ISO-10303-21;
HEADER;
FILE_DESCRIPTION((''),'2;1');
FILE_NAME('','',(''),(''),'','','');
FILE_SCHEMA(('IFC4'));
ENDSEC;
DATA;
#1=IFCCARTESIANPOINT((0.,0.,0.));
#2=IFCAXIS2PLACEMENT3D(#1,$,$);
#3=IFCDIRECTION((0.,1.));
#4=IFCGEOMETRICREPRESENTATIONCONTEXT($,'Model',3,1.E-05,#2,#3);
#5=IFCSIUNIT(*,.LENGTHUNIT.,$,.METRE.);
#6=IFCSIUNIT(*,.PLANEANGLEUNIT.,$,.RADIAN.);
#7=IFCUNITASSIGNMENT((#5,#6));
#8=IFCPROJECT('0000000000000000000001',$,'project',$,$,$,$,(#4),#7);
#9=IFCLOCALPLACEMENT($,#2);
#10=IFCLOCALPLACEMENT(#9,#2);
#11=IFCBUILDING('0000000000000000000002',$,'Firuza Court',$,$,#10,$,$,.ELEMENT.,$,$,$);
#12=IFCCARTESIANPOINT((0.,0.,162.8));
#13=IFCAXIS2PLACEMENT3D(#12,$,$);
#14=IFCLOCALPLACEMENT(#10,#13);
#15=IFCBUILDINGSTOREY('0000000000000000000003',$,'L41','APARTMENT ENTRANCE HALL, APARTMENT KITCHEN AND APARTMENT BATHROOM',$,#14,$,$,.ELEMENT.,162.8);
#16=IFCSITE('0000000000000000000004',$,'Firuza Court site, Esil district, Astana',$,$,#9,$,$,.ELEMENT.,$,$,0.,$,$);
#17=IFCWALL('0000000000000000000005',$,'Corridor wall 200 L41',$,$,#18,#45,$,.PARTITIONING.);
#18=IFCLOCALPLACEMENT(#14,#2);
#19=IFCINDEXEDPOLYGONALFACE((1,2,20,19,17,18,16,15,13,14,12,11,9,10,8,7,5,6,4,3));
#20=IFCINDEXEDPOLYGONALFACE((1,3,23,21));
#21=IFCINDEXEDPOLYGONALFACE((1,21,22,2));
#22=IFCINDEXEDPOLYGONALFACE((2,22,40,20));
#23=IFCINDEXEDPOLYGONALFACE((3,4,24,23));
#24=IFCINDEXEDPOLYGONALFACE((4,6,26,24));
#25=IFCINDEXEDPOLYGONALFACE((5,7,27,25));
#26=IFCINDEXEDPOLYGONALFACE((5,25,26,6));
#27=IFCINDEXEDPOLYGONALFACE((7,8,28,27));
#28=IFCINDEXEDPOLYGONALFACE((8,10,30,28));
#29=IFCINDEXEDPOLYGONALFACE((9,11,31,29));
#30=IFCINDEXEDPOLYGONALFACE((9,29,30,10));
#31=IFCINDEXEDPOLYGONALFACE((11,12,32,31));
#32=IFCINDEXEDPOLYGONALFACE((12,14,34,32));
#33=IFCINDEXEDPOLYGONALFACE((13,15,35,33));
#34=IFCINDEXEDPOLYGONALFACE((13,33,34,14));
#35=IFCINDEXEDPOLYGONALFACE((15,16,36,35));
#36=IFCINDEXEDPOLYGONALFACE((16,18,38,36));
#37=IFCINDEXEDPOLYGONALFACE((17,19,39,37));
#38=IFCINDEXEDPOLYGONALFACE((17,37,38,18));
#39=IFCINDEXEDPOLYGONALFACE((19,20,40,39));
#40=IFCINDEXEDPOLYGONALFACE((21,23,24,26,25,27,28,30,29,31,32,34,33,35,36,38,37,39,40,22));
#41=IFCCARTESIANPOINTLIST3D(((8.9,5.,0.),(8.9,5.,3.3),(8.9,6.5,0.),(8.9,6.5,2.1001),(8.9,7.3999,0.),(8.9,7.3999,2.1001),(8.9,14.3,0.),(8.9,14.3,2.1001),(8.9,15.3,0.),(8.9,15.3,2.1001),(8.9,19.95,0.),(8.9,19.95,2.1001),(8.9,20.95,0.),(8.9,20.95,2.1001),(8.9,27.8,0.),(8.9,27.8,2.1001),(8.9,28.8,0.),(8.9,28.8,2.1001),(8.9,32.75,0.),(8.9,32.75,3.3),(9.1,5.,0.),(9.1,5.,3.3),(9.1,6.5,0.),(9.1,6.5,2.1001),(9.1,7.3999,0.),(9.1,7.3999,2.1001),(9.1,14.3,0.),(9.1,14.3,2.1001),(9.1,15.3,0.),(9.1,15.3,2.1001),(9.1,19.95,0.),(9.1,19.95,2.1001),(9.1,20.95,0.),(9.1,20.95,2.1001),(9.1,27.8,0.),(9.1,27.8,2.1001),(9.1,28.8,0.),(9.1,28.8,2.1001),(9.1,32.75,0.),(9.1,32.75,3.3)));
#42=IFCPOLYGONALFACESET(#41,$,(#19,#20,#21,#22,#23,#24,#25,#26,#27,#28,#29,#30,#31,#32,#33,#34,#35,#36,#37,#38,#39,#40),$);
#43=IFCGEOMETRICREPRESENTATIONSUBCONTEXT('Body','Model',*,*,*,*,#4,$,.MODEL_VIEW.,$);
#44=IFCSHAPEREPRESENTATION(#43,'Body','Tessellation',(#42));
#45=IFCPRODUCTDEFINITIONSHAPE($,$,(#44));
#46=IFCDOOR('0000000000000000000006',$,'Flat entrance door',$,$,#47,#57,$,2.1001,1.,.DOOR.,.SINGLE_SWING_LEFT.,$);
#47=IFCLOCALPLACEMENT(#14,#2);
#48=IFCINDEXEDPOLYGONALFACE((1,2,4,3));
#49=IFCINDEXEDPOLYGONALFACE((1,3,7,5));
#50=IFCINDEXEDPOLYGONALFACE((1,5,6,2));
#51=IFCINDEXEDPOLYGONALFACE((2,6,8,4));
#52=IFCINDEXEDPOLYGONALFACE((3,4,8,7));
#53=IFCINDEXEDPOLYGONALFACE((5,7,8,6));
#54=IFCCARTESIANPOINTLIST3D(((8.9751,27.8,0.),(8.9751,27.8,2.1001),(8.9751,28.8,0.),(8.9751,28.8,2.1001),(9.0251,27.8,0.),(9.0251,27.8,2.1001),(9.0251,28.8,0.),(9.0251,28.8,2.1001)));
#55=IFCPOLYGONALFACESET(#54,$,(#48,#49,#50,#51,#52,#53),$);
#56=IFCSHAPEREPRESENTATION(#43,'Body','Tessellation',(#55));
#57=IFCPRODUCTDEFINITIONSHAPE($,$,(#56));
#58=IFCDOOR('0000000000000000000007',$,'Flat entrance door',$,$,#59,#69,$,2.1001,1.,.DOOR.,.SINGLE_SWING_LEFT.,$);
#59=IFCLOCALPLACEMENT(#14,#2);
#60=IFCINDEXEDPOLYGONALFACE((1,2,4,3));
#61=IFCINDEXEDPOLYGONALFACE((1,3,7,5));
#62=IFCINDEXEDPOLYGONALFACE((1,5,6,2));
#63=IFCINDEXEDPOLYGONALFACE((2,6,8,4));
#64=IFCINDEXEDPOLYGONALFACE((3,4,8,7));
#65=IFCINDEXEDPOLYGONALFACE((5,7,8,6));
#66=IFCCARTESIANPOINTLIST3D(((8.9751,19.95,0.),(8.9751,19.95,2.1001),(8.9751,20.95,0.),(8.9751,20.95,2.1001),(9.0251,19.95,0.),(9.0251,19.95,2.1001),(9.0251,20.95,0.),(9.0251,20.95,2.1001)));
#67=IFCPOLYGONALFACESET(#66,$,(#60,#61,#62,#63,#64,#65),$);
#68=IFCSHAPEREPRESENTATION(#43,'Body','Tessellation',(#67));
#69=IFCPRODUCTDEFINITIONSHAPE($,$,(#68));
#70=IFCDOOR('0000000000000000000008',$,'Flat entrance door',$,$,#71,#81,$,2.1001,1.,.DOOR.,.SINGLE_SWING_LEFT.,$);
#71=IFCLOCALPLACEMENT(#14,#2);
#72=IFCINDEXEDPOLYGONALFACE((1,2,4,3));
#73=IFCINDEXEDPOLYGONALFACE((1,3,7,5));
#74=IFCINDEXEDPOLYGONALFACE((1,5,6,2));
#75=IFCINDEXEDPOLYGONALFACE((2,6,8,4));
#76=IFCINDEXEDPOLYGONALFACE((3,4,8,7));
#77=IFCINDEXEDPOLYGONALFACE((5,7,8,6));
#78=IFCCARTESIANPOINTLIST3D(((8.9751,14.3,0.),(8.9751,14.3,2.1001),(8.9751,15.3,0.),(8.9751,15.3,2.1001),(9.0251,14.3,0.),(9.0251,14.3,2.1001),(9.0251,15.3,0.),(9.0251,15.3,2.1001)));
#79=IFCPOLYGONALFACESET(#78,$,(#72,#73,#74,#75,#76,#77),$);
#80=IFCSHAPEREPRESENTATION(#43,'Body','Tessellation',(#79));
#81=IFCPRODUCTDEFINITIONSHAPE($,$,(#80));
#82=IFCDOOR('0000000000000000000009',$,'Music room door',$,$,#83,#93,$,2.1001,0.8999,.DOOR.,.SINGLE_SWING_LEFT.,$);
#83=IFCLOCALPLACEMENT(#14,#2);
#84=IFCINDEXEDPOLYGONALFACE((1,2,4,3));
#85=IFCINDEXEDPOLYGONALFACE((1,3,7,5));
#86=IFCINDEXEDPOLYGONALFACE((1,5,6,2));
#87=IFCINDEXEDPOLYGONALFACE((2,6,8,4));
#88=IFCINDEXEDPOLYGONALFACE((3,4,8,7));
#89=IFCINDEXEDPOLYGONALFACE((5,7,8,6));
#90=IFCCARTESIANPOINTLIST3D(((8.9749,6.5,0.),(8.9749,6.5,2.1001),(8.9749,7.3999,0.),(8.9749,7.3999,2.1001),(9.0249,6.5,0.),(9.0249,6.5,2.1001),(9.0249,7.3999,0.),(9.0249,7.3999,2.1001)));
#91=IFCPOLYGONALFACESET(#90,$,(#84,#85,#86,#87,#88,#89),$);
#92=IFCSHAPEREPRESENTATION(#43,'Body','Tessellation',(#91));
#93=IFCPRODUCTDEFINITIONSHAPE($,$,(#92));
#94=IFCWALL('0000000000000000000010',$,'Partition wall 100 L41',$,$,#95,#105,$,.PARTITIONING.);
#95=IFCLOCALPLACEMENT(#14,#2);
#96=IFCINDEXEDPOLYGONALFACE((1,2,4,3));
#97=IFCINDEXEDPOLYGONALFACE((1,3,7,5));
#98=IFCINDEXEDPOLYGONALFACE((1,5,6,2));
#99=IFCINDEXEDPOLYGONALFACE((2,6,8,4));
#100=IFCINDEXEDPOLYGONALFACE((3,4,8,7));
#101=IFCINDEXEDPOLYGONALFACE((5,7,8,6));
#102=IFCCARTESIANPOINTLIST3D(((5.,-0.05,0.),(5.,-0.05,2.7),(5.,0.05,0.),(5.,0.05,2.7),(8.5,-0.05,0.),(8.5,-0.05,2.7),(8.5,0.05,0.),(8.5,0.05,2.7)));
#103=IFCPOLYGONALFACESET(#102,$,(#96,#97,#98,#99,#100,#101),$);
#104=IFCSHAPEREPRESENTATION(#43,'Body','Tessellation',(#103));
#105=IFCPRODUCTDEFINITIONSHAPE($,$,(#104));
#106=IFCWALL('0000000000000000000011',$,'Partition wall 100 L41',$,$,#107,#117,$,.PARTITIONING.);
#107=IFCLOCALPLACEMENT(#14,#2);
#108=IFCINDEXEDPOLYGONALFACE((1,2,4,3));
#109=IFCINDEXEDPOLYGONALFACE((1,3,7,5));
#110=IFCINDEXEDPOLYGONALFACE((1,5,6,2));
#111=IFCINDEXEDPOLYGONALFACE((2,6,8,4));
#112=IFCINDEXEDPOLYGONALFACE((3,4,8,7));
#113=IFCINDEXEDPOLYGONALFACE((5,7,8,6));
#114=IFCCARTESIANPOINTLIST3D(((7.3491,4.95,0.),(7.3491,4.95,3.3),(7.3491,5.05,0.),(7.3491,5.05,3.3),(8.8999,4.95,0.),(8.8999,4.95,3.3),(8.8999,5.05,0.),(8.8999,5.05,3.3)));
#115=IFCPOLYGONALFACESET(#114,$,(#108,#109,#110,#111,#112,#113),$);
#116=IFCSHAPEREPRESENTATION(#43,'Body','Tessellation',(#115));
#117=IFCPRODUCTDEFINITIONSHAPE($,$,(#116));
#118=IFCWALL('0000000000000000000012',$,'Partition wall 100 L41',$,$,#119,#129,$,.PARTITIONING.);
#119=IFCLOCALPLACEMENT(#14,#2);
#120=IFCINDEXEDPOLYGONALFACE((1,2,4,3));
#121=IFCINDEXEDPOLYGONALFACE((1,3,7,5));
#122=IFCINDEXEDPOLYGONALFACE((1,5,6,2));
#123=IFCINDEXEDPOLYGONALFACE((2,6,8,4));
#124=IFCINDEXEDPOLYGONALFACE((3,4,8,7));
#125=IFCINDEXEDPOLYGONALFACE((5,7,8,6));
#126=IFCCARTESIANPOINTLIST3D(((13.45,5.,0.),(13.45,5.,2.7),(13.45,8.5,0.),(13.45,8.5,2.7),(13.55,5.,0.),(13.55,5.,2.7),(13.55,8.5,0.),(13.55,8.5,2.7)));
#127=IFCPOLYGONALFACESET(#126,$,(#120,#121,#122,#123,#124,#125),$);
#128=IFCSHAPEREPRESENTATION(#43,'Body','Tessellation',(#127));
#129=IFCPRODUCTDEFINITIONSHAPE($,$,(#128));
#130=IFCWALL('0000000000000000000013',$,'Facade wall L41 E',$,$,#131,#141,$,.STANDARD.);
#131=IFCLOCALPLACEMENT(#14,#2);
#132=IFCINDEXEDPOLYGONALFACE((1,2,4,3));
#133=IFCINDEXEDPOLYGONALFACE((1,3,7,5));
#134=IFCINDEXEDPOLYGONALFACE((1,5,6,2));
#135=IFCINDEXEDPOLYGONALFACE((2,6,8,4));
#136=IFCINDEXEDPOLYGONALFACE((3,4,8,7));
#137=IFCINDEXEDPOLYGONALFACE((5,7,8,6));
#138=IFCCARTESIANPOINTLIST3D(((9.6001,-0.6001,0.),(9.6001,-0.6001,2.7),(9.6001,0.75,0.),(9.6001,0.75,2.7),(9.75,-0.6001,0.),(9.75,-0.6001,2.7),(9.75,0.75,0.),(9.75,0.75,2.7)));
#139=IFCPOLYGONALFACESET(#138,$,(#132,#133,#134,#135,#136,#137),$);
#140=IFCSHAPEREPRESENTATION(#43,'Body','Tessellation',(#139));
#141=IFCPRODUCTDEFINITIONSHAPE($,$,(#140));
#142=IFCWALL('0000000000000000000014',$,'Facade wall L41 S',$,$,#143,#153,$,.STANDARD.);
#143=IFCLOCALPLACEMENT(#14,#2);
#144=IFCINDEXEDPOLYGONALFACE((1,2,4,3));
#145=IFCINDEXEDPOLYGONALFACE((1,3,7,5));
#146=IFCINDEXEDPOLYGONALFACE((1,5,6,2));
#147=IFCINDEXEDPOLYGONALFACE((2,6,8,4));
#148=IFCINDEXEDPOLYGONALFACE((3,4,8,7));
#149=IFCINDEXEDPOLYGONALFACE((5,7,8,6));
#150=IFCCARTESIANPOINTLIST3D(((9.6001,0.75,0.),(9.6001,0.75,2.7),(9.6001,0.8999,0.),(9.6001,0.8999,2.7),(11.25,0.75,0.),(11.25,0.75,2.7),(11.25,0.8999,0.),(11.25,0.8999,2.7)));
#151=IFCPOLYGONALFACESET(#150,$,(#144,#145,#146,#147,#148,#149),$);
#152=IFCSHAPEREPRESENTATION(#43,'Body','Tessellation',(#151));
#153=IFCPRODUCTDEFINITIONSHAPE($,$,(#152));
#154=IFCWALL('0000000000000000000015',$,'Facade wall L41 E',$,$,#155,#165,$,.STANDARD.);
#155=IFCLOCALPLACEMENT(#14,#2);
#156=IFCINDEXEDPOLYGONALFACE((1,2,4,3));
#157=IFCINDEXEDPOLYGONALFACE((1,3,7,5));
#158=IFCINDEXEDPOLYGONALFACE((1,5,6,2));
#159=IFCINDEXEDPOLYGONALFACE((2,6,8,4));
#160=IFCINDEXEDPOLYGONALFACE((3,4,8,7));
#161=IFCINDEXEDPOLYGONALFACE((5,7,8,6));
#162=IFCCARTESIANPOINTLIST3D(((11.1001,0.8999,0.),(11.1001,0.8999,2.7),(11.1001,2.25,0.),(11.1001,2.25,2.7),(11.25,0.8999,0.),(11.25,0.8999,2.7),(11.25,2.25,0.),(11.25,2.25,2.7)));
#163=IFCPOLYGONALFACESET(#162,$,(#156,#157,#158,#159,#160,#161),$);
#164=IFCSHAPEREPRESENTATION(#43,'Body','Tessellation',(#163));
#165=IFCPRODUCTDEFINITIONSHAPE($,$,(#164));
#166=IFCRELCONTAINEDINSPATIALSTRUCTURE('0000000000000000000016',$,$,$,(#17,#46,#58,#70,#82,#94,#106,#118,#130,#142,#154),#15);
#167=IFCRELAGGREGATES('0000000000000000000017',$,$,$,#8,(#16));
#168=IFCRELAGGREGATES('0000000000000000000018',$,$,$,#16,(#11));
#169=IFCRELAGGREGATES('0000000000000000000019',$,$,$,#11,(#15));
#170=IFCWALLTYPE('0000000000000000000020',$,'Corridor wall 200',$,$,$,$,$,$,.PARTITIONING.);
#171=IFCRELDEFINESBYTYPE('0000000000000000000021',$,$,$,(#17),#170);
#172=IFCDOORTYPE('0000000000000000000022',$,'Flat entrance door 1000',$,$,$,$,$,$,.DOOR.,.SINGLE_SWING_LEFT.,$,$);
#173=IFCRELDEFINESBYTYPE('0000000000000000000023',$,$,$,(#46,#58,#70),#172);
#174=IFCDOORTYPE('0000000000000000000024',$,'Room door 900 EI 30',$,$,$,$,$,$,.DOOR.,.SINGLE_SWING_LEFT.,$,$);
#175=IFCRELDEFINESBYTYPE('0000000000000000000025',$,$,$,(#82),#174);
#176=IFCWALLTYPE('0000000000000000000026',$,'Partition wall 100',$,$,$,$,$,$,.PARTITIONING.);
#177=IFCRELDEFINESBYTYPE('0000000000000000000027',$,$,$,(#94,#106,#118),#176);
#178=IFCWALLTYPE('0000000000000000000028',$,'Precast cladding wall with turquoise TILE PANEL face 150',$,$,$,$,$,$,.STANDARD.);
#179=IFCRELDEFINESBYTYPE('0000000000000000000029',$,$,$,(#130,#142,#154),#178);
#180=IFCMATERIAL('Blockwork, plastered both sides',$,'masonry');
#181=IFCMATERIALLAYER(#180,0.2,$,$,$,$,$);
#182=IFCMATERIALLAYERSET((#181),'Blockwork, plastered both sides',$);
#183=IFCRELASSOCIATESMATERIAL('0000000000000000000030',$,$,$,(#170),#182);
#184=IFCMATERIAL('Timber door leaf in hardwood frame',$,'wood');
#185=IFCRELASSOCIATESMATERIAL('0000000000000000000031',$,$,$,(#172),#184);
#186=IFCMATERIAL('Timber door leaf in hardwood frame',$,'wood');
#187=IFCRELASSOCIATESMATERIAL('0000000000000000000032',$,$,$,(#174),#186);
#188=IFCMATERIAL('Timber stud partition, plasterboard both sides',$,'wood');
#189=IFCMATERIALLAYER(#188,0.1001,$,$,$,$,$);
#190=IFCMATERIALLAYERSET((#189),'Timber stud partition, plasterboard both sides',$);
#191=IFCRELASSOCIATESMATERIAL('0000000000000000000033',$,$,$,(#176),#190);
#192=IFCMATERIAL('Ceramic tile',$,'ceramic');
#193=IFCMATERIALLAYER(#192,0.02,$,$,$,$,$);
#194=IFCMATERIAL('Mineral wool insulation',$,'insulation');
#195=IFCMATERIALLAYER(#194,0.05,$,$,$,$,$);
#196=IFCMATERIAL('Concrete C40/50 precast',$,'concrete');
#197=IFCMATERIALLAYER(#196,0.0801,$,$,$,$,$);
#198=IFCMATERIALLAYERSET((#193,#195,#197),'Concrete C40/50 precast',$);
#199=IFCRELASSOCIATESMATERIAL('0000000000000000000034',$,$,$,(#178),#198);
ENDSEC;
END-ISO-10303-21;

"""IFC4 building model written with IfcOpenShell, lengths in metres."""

from ifc_helpers import new_model, si_unit, direction, frame, frame_2d, origin, place, context, subcontext, project, spatial, rectangle, extrude, material, layer, layer_set, type_object, element, fill, save


model = new_model("IFC4")

# Units and contexts
model_context = context("Model", 3, precision=1e-05, world=origin(), true_north=direction((0.0, 1.0)))
body_context = subcontext(model_context, "Body", "Model", "MODEL_VIEW")
ifc_project = project(units=[si_unit("LENGTHUNIT", "METRE"), si_unit("PLANEANGLEUNIT", "RADIAN")], contexts=[model_context])

# Site, building, storey
site_placement = place(None, origin())
site = spatial("IfcSite", under=ifc_project, at=site_placement, Name="Firuza Court site, Esil district, Astana", CompositionType="ELEMENT", RefElevation=0.0)
building_placement = place(site_placement, origin())
building = spatial("IfcBuilding", under=site, at=building_placement, Name="Firuza Court", CompositionType="ELEMENT")
storey_placement = place(building_placement, frame((0.0, 0.0, 162.8)))
storey = spatial("IfcBuildingStorey", under=building, at=storey_placement, Name="L41", Description="APARTMENT ENTRANCE HALL, APARTMENT KITCHEN AND APARTMENT BATHROOM", CompositionType="ELEMENT", Elevation=162.8)

# Wall, openings, doors
ifc_material_1 = material(Name="Blockwork, plastered both sides", Category="masonry")
ifc_layer_1 = layer(ifc_material_1, 0.2)
ifc_layer_set_1 = layer_set([ifc_layer_1], Name="Blockwork, plastered both sides")
wall_type_1 = type_object("IfcWallType", Name="Corridor wall 200", PredefinedType="PARTITIONING", material=ifc_layer_set_1)
wall_1_placement = place(storey_placement, frame((9.0, 5.0, 0.0), z_axis=(0.0, 0.0, 1.0), x_axis=(0.0, 1.0, 0.0)))
wall_1 = element("IfcWall", 1, at=wall_1_placement, inside=storey, type_object=wall_type_1, Name="Corridor wall 200 L41", PredefinedType="PARTITIONING", context=body_context, shape_type="SweptSolid", body=[
    extrude(rectangle(XDim=27.75, YDim=0.2, at=frame_2d((13.875, 0.0))), origin(), (0.0, 0.0, 1.0), 3.3),
])
opening_1_placement = place(wall_1_placement, frame((22.8, 0.0, 0.0)))
opening_1 = element("IfcOpeningElement", 2, at=opening_1_placement, cuts=wall_1, PredefinedType="OPENING", context=body_context, shape_type="SweptSolid", body=[
    extrude(rectangle(XDim=1.0, YDim=2.1001, at=frame_2d((0.5, 1.05))), frame((0.0, 0.1118, 0.0), z_axis=(0.0, -1.0, 0.0), x_axis=(1.0, 0.0, 0.0)), (0.0, 0.0, 1.0), 0.2239),
])
opening_2_placement = place(wall_1_placement, frame((14.95, 0.0, 0.0)))
opening_2 = element("IfcOpeningElement", 3, at=opening_2_placement, cuts=wall_1, PredefinedType="OPENING", context=body_context, shape_type="SweptSolid", body=[
    extrude(rectangle(XDim=1.0, YDim=2.1001, at=frame_2d((0.5, 1.05))), frame((0.0, 0.1118, 0.0), z_axis=(0.0, -1.0, 0.0), x_axis=(1.0, 0.0, 0.0)), (0.0, 0.0, 1.0), 0.2239),
])
opening_3_placement = place(wall_1_placement, frame((9.3, 0.0, 0.0)))
opening_3 = element("IfcOpeningElement", 4, at=opening_3_placement, cuts=wall_1, PredefinedType="OPENING", context=body_context, shape_type="SweptSolid", body=[
    extrude(rectangle(XDim=1.0, YDim=2.1001, at=frame_2d((0.5, 1.05))), frame((0.0, 0.1118, 0.0), z_axis=(0.0, -1.0, 0.0), x_axis=(1.0, 0.0, 0.0)), (0.0, 0.0, 1.0), 0.2239),
])
opening_4_placement = place(wall_1_placement, frame((1.5, 0.0, 0.0)))
opening_4 = element("IfcOpeningElement", 5, at=opening_4_placement, cuts=wall_1, PredefinedType="OPENING", context=body_context, shape_type="SweptSolid", body=[
    extrude(rectangle(XDim=0.8999, YDim=2.1001, at=frame_2d((0.45, 1.05))), frame((0.0, 0.1118, 0.0), z_axis=(0.0, -1.0, 0.0), x_axis=(1.0, 0.0, 0.0)), (0.0, 0.0, 1.0), 0.2239),
])
ifc_material_2 = material(Name="Timber door leaf in hardwood frame", Category="wood")
door_type_1 = type_object("IfcDoorType", Name="Flat entrance door 1000", OperationType="SINGLE_SWING_LEFT", PredefinedType="DOOR", material=ifc_material_2)
door_1_placement = place(opening_1_placement, origin())
door_1 = element("IfcDoor", 6, at=door_1_placement, inside=storey, type_object=door_type_1, Name="Flat entrance door", OperationType="SINGLE_SWING_LEFT", OverallHeight=2.1001, OverallWidth=1.0, PredefinedType="DOOR", context=body_context, shape_type="SweptSolid", body=[
    extrude(rectangle(XDim=1.0, YDim=2.1001, at=frame_2d((0.5, 1.05))), frame((0.0, 0.0249, 0.0), z_axis=(0.0, -1.0, 0.0), x_axis=(1.0, 0.0, 0.0)), (0.0, 0.0, 1.0), 0.05),
])
fill(opening_1, door_1)
door_2_placement = place(opening_2_placement, origin())
door_2 = element("IfcDoor", 7, at=door_2_placement, inside=storey, type_object=door_type_1, Name="Flat entrance door", OperationType="SINGLE_SWING_LEFT", OverallHeight=2.1001, OverallWidth=1.0, PredefinedType="DOOR", context=body_context, shape_type="SweptSolid", body=[
    extrude(rectangle(XDim=1.0, YDim=2.1001, at=frame_2d((0.5, 1.05))), frame((0.0, 0.0249, 0.0), z_axis=(0.0, -1.0, 0.0), x_axis=(1.0, 0.0, 0.0)), (0.0, 0.0, 1.0), 0.05),
])
fill(opening_2, door_2)
door_3_placement = place(opening_3_placement, origin())
door_3 = element("IfcDoor", 8, at=door_3_placement, inside=storey, type_object=door_type_1, Name="Flat entrance door", OperationType="SINGLE_SWING_LEFT", OverallHeight=2.1001, OverallWidth=1.0, PredefinedType="DOOR", context=body_context, shape_type="SweptSolid", body=[
    extrude(rectangle(XDim=1.0, YDim=2.1001, at=frame_2d((0.5, 1.05))), frame((0.0, 0.0249, 0.0), z_axis=(0.0, -1.0, 0.0), x_axis=(1.0, 0.0, 0.0)), (0.0, 0.0, 1.0), 0.05),
])
fill(opening_3, door_3)
ifc_material_3 = material(Name="Timber door leaf in hardwood frame", Category="wood")
door_type_2 = type_object("IfcDoorType", Name="Room door 900 EI 30", OperationType="SINGLE_SWING_LEFT", PredefinedType="DOOR", material=ifc_material_3)
door_4_placement = place(opening_4_placement, frame((0.8999, 0.0, 0.0), z_axis=(0.0, 0.0, 1.0), x_axis=(-1.0, 0.0, 0.0)))
door_4 = element("IfcDoor", 9, at=door_4_placement, inside=storey, type_object=door_type_2, Name="Music room door", OperationType="SINGLE_SWING_LEFT", OverallHeight=2.1001, OverallWidth=0.8999, PredefinedType="DOOR", context=body_context, shape_type="SweptSolid", body=[
    extrude(rectangle(XDim=0.8999, YDim=2.1001, at=frame_2d((0.45, 1.05))), frame((0.0, 0.0249, 0.0), z_axis=(0.0, -1.0, 0.0), x_axis=(1.0, 0.0, 0.0)), (0.0, 0.0, 1.0), 0.05),
])
fill(opening_4, door_4)

# Walls
ifc_material_4 = material(Name="Timber stud partition, plasterboard both sides", Category="wood")
ifc_layer_2 = layer(ifc_material_4, 0.1001)
ifc_layer_set_2 = layer_set([ifc_layer_2], Name="Timber stud partition, plasterboard both sides")
wall_type_2 = type_object("IfcWallType", Name="Partition wall 100", PredefinedType="PARTITIONING", material=ifc_layer_set_2)
wall_2_placement = place(storey_placement, frame((5.0, 0.0, 0.0), z_axis=(0.0, 0.0, 1.0), x_axis=(1.0, 0.0, 0.0)))
element("IfcWall", 10, at=wall_2_placement, inside=storey, type_object=wall_type_2, Name="Partition wall 100 L41", PredefinedType="PARTITIONING", context=body_context, shape_type="SweptSolid", body=[
    extrude(rectangle(XDim=3.5, YDim=0.1001, at=frame_2d((1.75, 0.0))), origin(), (0.0, 0.0, 1.0), 2.7),
])
wall_3_placement = place(storey_placement, frame((7.3491, 5.0, 0.0), z_axis=(0.0, 0.0, 1.0), x_axis=(1.0, 0.0, 0.0)))
element("IfcWall", 11, at=wall_3_placement, inside=storey, type_object=wall_type_2, Name="Partition wall 100 L41", PredefinedType="PARTITIONING", context=body_context, shape_type="SweptSolid", body=[
    extrude(rectangle(XDim=1.5508, YDim=0.1001, at=frame_2d((0.7754, 0.0))), origin(), (0.0, 0.0, 1.0), 3.3),
])
wall_4_placement = place(storey_placement, frame((13.5, 5.0, 0.0), z_axis=(0.0, 0.0, 1.0), x_axis=(0.0, 1.0, 0.0)))
element("IfcWall", 12, at=wall_4_placement, inside=storey, type_object=wall_type_2, Name="Partition wall 100 L41", PredefinedType="PARTITIONING", context=body_context, shape_type="SweptSolid", body=[
    extrude(rectangle(XDim=3.5, YDim=0.1001, at=frame_2d((1.75, 0.0))), origin(), (0.0, 0.0, 1.0), 2.7),
])
ifc_material_5 = material(Name="Ceramic tile", Category="ceramic")
ifc_layer_3 = layer(ifc_material_5, 0.02)
ifc_material_6 = material(Name="Mineral wool insulation", Category="insulation")
ifc_layer_4 = layer(ifc_material_6, 0.05)
ifc_material_7 = material(Name="Concrete C40/50 precast", Category="concrete")
ifc_layer_5 = layer(ifc_material_7, 0.0801)
ifc_layer_set_3 = layer_set([ifc_layer_3, ifc_layer_4, ifc_layer_5], Name="Concrete C40/50 precast")
wall_type_3 = type_object("IfcWallType", Name="Precast cladding wall with turquoise TILE PANEL face 150", PredefinedType="STANDARD", material=ifc_layer_set_3)
wall_5_placement = place(storey_placement, frame((9.675, -0.6001, 0.0), z_axis=(0.0, 0.0, 1.0), x_axis=(0.0, 1.0, 0.0)))
element("IfcWall", 13, at=wall_5_placement, inside=storey, type_object=wall_type_3, Name="Facade wall L41 E", PredefinedType="STANDARD", context=body_context, shape_type="SweptSolid", body=[
    extrude(rectangle(XDim=1.3501, YDim=0.1499, at=frame_2d((0.675, 0.0))), origin(), (0.0, 0.0, 1.0), 2.7),
])
wall_6_placement = place(storey_placement, frame((9.6001, 0.825, 0.0), z_axis=(0.0, 0.0, 1.0), x_axis=(1.0, 0.0, 0.0)))
element("IfcWall", 14, at=wall_6_placement, inside=storey, type_object=wall_type_3, Name="Facade wall L41 S", PredefinedType="STANDARD", context=body_context, shape_type="SweptSolid", body=[
    extrude(rectangle(XDim=1.6499, YDim=0.1499, at=frame_2d((0.825, 0.0))), origin(), (0.0, 0.0, 1.0), 2.7),
])
wall_7_placement = place(storey_placement, frame((11.175, 0.8999, 0.0), z_axis=(0.0, 0.0, 1.0), x_axis=(0.0, 1.0, 0.0)))
element("IfcWall", 15, at=wall_7_placement, inside=storey, type_object=wall_type_3, Name="Facade wall L41 E", PredefinedType="STANDARD", context=body_context, shape_type="SweptSolid", body=[
    extrude(rectangle(XDim=1.3501, YDim=0.1499, at=frame_2d((0.675, 0.0))), origin(), (0.0, 0.0, 1.0), 2.7),
])

save(model, "model.ifc")
